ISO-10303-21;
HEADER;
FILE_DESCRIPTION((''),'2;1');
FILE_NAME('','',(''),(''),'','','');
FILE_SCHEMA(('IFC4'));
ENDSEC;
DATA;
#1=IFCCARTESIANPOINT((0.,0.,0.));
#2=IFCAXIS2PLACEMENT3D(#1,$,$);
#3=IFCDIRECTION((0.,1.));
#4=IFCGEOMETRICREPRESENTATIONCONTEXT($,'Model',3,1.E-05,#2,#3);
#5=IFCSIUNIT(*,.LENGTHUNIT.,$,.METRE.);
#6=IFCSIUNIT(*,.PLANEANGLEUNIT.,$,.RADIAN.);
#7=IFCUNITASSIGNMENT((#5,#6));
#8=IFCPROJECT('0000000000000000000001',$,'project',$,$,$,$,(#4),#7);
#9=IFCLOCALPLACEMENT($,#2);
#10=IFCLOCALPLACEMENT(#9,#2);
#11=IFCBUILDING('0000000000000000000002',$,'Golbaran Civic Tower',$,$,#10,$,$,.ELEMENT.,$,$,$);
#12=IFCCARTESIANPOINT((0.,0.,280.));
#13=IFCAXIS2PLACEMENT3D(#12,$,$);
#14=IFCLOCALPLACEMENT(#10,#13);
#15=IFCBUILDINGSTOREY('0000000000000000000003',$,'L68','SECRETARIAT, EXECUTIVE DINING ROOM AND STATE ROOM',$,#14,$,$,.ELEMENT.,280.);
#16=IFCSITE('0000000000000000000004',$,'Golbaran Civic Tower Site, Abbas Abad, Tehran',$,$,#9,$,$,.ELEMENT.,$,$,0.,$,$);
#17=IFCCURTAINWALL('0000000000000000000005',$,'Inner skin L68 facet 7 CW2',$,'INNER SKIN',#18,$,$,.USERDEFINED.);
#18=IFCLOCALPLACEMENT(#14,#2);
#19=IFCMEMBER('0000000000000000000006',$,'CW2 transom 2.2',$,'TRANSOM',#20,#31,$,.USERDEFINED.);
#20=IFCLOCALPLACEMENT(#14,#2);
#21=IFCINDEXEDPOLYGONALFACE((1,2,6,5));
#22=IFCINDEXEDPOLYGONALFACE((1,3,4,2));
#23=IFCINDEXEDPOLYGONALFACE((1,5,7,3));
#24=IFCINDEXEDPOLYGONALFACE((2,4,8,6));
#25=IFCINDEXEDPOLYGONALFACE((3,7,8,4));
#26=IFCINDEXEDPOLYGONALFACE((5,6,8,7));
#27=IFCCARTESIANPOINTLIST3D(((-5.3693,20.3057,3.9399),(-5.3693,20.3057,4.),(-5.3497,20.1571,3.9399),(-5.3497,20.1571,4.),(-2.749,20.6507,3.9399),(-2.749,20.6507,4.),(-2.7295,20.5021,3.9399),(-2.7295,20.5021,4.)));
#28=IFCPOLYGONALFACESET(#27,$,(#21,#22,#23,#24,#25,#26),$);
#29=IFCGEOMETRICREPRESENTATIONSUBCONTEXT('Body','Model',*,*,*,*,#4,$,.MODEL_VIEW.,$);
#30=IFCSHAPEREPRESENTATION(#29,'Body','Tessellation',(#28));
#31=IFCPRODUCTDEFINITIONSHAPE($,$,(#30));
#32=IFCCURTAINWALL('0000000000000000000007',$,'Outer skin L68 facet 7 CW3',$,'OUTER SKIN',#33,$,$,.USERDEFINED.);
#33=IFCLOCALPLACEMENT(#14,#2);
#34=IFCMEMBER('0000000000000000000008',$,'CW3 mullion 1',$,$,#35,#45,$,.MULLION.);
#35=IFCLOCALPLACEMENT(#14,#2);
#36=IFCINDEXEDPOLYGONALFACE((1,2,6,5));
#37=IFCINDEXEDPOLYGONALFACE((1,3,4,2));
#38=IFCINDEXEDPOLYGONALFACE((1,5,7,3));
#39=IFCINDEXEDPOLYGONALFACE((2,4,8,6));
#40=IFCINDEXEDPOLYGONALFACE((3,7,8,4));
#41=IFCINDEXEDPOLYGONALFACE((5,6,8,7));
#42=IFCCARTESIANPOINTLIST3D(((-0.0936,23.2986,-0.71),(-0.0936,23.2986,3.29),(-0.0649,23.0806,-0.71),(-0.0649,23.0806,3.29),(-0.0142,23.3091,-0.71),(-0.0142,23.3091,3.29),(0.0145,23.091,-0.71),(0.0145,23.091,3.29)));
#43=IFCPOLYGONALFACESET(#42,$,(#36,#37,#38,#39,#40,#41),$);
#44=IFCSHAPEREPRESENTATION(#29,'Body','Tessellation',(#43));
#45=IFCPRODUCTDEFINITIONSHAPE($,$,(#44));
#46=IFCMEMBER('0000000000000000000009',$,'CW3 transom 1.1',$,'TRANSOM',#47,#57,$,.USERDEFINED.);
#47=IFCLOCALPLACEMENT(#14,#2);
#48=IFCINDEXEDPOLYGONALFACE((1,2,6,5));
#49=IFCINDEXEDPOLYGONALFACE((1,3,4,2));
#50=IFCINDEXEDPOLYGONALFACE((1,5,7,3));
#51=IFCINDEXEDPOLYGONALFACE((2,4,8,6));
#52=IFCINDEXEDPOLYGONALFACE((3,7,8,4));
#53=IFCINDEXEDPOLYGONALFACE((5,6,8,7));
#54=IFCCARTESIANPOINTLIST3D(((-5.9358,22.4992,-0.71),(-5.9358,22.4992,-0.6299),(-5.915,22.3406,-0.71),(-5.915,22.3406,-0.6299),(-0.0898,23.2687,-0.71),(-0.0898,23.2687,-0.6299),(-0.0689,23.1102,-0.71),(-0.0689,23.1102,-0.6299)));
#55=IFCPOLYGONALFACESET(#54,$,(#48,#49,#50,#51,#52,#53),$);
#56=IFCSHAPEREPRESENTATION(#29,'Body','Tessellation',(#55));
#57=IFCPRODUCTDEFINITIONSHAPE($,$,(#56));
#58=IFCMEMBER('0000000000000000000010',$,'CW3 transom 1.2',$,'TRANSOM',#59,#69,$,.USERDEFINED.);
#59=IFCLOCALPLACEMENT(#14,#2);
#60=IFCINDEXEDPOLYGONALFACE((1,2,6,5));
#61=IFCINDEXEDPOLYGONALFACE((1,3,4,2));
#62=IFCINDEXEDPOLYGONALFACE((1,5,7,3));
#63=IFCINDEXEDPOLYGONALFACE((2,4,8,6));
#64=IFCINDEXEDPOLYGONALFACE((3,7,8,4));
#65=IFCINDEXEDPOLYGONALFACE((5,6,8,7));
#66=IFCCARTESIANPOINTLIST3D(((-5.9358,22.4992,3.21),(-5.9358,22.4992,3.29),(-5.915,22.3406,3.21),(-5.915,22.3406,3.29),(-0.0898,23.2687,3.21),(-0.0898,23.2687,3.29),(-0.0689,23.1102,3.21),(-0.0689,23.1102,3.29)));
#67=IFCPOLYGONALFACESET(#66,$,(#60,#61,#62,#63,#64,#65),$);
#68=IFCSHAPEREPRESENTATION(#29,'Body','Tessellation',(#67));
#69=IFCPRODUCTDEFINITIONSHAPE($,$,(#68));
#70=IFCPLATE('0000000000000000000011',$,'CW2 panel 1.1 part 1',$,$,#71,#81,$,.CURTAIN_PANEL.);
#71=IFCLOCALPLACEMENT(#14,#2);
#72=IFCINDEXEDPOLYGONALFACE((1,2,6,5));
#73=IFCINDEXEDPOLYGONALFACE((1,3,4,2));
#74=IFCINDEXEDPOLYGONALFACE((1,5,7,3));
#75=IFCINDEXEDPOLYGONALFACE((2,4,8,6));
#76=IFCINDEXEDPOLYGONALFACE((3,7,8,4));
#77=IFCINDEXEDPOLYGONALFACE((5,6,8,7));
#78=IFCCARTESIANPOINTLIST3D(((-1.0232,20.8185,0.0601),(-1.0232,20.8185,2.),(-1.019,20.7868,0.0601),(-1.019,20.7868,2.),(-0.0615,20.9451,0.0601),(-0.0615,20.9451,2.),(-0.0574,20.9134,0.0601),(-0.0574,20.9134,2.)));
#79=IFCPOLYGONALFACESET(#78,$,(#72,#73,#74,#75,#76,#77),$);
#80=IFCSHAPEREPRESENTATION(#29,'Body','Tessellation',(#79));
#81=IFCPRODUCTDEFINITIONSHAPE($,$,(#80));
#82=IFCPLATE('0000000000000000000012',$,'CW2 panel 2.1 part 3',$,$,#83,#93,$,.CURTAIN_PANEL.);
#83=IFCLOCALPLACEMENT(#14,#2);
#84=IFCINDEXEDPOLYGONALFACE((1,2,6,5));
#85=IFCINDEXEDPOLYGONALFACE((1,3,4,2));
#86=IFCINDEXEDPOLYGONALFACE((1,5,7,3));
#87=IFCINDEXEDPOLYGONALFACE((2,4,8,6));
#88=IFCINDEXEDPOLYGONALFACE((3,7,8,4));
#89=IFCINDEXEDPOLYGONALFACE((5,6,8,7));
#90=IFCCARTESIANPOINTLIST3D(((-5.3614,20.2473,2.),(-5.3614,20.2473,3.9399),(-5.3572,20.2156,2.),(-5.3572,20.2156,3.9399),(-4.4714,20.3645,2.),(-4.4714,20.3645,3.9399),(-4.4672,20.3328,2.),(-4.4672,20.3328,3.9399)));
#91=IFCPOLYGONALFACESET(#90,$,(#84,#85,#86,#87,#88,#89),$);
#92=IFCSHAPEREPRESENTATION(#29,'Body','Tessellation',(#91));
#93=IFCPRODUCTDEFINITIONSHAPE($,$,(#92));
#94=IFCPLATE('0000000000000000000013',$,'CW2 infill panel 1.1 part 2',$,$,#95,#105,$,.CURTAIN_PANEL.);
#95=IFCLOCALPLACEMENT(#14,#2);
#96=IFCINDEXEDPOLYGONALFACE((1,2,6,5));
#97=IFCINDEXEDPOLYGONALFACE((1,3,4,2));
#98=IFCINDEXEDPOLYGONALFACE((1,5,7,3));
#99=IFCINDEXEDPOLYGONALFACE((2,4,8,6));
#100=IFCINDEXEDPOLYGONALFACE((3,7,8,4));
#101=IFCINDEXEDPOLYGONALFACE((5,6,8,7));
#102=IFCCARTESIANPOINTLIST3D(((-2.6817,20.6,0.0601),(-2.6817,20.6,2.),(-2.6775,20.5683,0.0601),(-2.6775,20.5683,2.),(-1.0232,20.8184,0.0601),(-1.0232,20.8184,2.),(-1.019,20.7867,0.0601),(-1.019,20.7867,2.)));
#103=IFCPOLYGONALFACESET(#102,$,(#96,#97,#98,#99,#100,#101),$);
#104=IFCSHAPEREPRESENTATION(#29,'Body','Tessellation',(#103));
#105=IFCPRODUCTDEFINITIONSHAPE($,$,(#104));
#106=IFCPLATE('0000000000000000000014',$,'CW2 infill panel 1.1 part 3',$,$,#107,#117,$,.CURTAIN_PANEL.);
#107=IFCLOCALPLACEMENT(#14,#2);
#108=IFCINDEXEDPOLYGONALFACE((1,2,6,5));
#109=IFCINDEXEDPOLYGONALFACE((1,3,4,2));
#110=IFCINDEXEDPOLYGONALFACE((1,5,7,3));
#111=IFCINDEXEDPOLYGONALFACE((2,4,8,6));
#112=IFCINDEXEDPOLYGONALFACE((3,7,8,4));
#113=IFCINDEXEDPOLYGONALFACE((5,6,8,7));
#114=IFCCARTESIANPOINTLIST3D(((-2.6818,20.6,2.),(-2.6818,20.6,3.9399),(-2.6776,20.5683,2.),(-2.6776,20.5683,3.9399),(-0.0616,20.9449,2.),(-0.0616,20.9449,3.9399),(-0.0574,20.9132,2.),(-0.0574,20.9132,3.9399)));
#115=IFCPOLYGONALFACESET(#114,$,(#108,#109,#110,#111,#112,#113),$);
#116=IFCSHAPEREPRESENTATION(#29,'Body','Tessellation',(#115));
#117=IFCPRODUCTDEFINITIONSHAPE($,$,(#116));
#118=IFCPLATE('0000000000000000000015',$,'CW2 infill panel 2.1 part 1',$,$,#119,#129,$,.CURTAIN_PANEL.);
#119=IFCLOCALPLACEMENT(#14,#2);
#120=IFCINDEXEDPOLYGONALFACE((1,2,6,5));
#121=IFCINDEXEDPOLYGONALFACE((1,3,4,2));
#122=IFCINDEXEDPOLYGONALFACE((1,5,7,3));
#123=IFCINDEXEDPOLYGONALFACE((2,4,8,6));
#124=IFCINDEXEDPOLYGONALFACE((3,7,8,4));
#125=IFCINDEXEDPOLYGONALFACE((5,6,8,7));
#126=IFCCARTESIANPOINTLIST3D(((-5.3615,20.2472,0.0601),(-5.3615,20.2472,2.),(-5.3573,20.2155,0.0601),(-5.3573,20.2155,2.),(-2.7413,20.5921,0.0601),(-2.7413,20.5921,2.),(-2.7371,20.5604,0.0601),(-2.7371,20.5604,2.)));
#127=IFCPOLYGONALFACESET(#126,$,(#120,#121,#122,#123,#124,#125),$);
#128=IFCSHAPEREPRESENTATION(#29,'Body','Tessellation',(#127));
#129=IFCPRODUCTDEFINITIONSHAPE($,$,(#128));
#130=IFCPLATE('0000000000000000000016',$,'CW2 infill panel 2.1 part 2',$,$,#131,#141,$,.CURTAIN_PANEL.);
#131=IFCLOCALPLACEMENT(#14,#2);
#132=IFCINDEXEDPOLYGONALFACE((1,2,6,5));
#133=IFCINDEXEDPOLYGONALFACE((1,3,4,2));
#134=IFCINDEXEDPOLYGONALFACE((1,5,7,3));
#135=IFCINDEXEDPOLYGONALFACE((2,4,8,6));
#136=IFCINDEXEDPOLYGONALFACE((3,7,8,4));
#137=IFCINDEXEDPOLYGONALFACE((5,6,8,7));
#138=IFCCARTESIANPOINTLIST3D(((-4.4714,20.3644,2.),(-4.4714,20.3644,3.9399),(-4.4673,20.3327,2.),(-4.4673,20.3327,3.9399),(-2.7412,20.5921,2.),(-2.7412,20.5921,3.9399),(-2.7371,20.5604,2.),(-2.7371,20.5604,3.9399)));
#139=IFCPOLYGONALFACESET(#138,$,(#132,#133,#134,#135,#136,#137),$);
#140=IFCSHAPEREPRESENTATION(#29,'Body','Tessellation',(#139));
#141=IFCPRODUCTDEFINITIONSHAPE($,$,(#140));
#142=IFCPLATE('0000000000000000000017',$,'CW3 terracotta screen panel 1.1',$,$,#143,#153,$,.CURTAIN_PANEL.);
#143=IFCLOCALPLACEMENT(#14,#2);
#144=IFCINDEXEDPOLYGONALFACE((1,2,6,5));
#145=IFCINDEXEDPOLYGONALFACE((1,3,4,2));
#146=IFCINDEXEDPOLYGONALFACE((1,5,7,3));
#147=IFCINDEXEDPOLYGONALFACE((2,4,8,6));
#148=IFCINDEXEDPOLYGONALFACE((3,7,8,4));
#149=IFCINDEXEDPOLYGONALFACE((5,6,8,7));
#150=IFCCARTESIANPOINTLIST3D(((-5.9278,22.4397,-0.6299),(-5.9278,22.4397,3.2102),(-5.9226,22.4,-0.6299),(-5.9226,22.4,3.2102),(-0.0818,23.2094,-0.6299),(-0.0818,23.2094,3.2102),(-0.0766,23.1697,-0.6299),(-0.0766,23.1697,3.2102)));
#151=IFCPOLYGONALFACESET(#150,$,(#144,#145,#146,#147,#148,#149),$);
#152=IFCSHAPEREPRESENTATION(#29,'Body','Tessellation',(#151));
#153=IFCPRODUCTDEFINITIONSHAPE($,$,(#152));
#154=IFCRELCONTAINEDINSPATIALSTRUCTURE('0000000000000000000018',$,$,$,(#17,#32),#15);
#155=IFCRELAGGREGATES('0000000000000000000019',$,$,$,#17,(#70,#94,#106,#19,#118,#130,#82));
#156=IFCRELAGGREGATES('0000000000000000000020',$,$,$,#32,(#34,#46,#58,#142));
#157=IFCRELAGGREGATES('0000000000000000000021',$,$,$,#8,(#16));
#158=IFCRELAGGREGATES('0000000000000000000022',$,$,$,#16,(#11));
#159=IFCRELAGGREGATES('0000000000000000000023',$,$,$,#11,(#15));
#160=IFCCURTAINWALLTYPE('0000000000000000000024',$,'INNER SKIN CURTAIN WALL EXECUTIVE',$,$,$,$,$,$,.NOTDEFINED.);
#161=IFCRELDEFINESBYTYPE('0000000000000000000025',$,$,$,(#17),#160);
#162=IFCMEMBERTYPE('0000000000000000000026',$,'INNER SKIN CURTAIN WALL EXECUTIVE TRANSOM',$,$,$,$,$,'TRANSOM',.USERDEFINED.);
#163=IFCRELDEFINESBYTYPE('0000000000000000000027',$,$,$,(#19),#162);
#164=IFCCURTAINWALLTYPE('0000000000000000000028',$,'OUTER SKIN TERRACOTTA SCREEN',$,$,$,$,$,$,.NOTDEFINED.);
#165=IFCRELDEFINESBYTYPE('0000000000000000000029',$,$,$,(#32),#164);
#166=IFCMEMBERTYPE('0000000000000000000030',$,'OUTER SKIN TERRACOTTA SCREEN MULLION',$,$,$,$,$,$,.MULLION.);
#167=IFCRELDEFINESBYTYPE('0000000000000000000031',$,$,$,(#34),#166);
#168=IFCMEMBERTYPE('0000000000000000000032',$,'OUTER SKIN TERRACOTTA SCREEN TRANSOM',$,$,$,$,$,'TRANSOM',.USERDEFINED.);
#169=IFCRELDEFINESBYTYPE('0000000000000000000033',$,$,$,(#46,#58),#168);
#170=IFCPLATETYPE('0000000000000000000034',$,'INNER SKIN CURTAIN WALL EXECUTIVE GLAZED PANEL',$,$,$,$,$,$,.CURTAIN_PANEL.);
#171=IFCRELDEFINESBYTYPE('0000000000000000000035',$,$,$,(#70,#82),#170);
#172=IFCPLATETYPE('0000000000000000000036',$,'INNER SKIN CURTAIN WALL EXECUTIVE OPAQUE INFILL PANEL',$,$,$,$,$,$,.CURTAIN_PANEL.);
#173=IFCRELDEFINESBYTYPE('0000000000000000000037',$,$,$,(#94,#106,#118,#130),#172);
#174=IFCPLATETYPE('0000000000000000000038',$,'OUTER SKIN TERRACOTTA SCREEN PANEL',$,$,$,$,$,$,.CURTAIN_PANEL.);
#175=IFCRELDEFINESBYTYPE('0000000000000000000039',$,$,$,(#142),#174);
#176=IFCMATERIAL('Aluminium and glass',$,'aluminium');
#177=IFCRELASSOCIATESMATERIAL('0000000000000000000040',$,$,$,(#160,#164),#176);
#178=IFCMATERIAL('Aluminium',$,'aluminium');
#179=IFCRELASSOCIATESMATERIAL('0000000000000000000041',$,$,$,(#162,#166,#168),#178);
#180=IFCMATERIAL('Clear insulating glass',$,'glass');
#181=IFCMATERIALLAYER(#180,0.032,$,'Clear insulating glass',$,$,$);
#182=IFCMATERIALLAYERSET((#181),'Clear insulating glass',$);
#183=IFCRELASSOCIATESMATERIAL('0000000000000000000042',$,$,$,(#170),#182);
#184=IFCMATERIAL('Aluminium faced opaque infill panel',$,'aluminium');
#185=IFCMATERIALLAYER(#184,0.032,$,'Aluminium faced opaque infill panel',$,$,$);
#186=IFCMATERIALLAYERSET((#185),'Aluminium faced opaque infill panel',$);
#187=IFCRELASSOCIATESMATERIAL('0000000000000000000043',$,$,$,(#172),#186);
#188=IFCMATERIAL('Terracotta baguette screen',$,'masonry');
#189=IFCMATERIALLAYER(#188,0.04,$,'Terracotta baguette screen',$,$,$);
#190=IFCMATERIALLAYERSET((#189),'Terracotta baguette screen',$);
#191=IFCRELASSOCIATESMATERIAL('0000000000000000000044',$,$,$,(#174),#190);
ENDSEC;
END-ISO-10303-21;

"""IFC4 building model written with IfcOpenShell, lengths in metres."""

from ifc_helpers import new_model, si_unit, direction, frame, origin, origin_2d, place, context, subcontext, project, spatial, rectangle, extrude, material, layer, layer_set, material_profile, profile_set, type_object, element, aggregate, save


model = new_model("IFC4")

# Units and contexts
model_context = context("Model", 3, precision=1e-05, world=origin(), true_north=direction((0.0, 1.0)))
body_context = subcontext(model_context, "Body", "Model", "MODEL_VIEW")
ifc_project = project(units=[si_unit("LENGTHUNIT", "METRE"), si_unit("PLANEANGLEUNIT", "RADIAN")], contexts=[model_context])

# Site, building, storey
site_placement = place(None, origin())
site = spatial("IfcSite", under=ifc_project, at=site_placement, Name="Golbaran Civic Tower Site, Abbas Abad, Tehran", CompositionType="ELEMENT", RefElevation=0.0)
building_placement = place(site_placement, origin())
building = spatial("IfcBuilding", under=site, at=building_placement, Name="Golbaran Civic Tower", CompositionType="ELEMENT")
storey_placement = place(building_placement, frame((0.0, 0.0, 280.0)))
storey = spatial("IfcBuildingStorey", under=building, at=storey_placement, Name="L68", Description="SECRETARIAT, EXECUTIVE DINING ROOM AND STATE ROOM", CompositionType="ELEMENT", Elevation=280.0)

# Curtain walls, members
ifc_material_1 = material(Name="Aluminium and glass", Category="aluminium")
curtain_wall_type_1 = type_object("IfcCurtainWallType", Name="INNER SKIN CURTAIN WALL EXECUTIVE", PredefinedType="NOTDEFINED", material=ifc_material_1)
curtain_wall_1_placement = place(storey_placement, origin())
curtain_wall_1 = element("IfcCurtainWall", 1, at=curtain_wall_1_placement, inside=storey, type_object=curtain_wall_type_1, Name="Inner skin L68 facet 7 CW2", ObjectType="INNER SKIN", PredefinedType="USERDEFINED")
ifc_material_2 = material(Name="Aluminium", Category="aluminium")
ifc_material_profile_1 = material_profile(ifc_material_2, rectangle(XDim=0.1499, YDim=0.0601, at=origin_2d()), Name="INNER SKIN CURTAIN WALL EXECUTIVE TRANSOM")
ifc_profile_set_1 = profile_set([ifc_material_profile_1], Name="Aluminium")
member_type_1 = type_object("IfcMemberType", Name="INNER SKIN CURTAIN WALL EXECUTIVE TRANSOM", ElementType="TRANSOM", PredefinedType="USERDEFINED", material=ifc_profile_set_1)
member_1_placement = place(storey_placement, frame((-2.7393, 20.5764, 3.97), z_axis=(-0.991444, -0.130536, 0.0), x_axis=(0.130536, -0.991444, 0.0)))
member_1 = element("IfcMember", 2, at=member_1_placement, type_object=member_type_1, Name="CW2 transom 2.2", ObjectType="TRANSOM", PredefinedType="USERDEFINED", context=body_context, shape_type="SweptSolid", body=[
    extrude(rectangle(XDim=0.1499, YDim=0.0601, at=origin_2d()), origin(), (0.0, 0.0, 1.0), 2.6428),
])
curtain_wall_type_2 = type_object("IfcCurtainWallType", Name="OUTER SKIN TERRACOTTA SCREEN", PredefinedType="NOTDEFINED", material=ifc_material_1)
curtain_wall_2_placement = place(storey_placement, origin())
curtain_wall_2 = element("IfcCurtainWall", 3, at=curtain_wall_2_placement, inside=storey, type_object=curtain_wall_type_2, Name="Outer skin L68 facet 7 CW3", ObjectType="OUTER SKIN", PredefinedType="USERDEFINED")
ifc_material_profile_2 = material_profile(ifc_material_2, rectangle(XDim=0.22, YDim=0.0801, at=origin_2d()), Name="OUTER SKIN TERRACOTTA SCREEN MULLION")
ifc_profile_set_2 = profile_set([ifc_material_profile_2], Name="Aluminium")
member_type_2 = type_object("IfcMemberType", Name="OUTER SKIN TERRACOTTA SCREEN MULLION", PredefinedType="MULLION", material=ifc_profile_set_2)
member_2_placement = place(storey_placement, frame((-0.0396, 23.1948, -0.71), z_axis=(0.0, 0.0, 1.0), x_axis=(0.130526, -0.991445, 0.0)))
member_2 = element("IfcMember", 4, at=member_2_placement, type_object=member_type_2, Name="CW3 mullion 1", PredefinedType="MULLION", context=body_context, shape_type="SweptSolid", body=[
    extrude(rectangle(XDim=0.22, YDim=0.0801, at=origin_2d()), origin(), (0.0, 0.0, 1.0), 4.0),
])
ifc_material_profile_3 = material_profile(ifc_material_2, rectangle(XDim=0.1599, YDim=0.0801, at=origin_2d()), Name="OUTER SKIN TERRACOTTA SCREEN TRANSOM")
ifc_profile_set_3 = profile_set([ifc_material_profile_3], Name="Aluminium")
member_type_3 = type_object("IfcMemberType", Name="OUTER SKIN TERRACOTTA SCREEN TRANSOM", ElementType="TRANSOM", PredefinedType="USERDEFINED", material=ifc_profile_set_3)
member_3_placement = place(storey_placement, frame((-0.0793, 23.1895, -0.6699), z_axis=(-0.991447, -0.130509, 0.0), x_axis=(0.130509, -0.991447, 0.0)))
member_3 = element("IfcMember", 5, at=member_3_placement, type_object=member_type_3, Name="CW3 transom 1.1", ObjectType="TRANSOM", PredefinedType="USERDEFINED", context=body_context, shape_type="SweptSolid", body=[
    extrude(rectangle(XDim=0.1599, YDim=0.0801, at=origin_2d()), origin(), (0.0, 0.0, 1.0), 5.8965),
])
member_4_placement = place(storey_placement, frame((-0.0793, 23.1895, 3.25), z_axis=(-0.991447, -0.130509, 0.0), x_axis=(0.130509, -0.991447, 0.0)))
member_4 = element("IfcMember", 6, at=member_4_placement, type_object=member_type_3, Name="CW3 transom 1.2", ObjectType="TRANSOM", PredefinedType="USERDEFINED", context=body_context, shape_type="SweptSolid", body=[
    extrude(rectangle(XDim=0.1599, YDim=0.0801, at=origin_2d()), origin(), (0.0, 0.0, 1.0), 5.8965),
])

# Plates
ifc_material_3 = material(Name="Clear insulating glass", Category="glass")
ifc_layer_1 = layer(ifc_material_3, 0.032, Name="Clear insulating glass")
ifc_layer_set_1 = layer_set([ifc_layer_1], Name="Clear insulating glass")
plate_type_1 = type_object("IfcPlateType", Name="INNER SKIN CURTAIN WALL EXECUTIVE GLAZED PANEL", PredefinedType="CURTAIN_PANEL", material=ifc_layer_set_1)
plate_1_placement = place(storey_placement, frame((-0.5403, 20.866, 0.0601), z_axis=(0.0, 0.0, 1.0), x_axis=(-0.991445, -0.130526, 0.0)))
plate_1 = element("IfcPlate", 7, at=plate_1_placement, type_object=plate_type_1, Name="CW2 panel 1.1 part 1", PredefinedType="CURTAIN_PANEL", context=body_context, shape_type="SweptSolid", body=[
    extrude(rectangle(XDim=0.97, YDim=0.032, at=origin_2d()), origin(), (0.0, 0.0, 1.0), 1.9399),
])
plate_2_placement = place(storey_placement, frame((-4.9143, 20.29, 2.0), z_axis=(0.0, 0.0, 1.0), x_axis=(-0.991445, -0.130526, 0.0)))
plate_2 = element("IfcPlate", 8, at=plate_2_placement, type_object=plate_type_1, Name="CW2 panel 2.1 part 3", PredefinedType="CURTAIN_PANEL", context=body_context, shape_type="SweptSolid", body=[
    extrude(rectangle(XDim=0.8977, YDim=0.032, at=origin_2d()), origin(), (0.0, 0.0, 1.0), 1.9399),
])
ifc_material_4 = material(Name="Aluminium faced opaque infill panel", Category="aluminium")
ifc_layer_2 = layer(ifc_material_4, 0.032, Name="Aluminium faced opaque infill panel")
ifc_layer_set_2 = layer_set([ifc_layer_2], Name="Aluminium faced opaque infill panel")
plate_type_2 = type_object("IfcPlateType", Name="INNER SKIN CURTAIN WALL EXECUTIVE OPAQUE INFILL PANEL", PredefinedType="CURTAIN_PANEL", material=ifc_layer_set_2)
plate_3_placement = place(storey_placement, frame((-1.8503, 20.6934, 0.0601), z_axis=(0.0, 0.0, 1.0), x_axis=(-0.991445, -0.130526, 0.0)))
plate_3 = element("IfcPlate", 9, at=plate_3_placement, type_object=plate_type_2, Name="CW2 infill panel 1.1 part 2", PredefinedType="CURTAIN_PANEL", context=body_context, shape_type="SweptSolid", body=[
    extrude(rectangle(XDim=1.6729, YDim=0.032, at=origin_2d()), origin(), (0.0, 0.0, 1.0), 1.9399),
])
plate_4_placement = place(storey_placement, frame((-1.3696, 20.7566, 2.0), z_axis=(0.0, 0.0, 1.0), x_axis=(-0.991445, -0.130526, 0.0)))
plate_4 = element("IfcPlate", 10, at=plate_4_placement, type_object=plate_type_2, Name="CW2 infill panel 1.1 part 3", PredefinedType="CURTAIN_PANEL", context=body_context, shape_type="SweptSolid", body=[
    extrude(rectangle(XDim=2.6428, YDim=0.032, at=origin_2d()), origin(), (0.0, 0.0, 1.0), 1.9399),
])
plate_5_placement = place(storey_placement, frame((-4.0493, 20.4038, 0.0601), z_axis=(0.0, 0.0, 1.0), x_axis=(-0.991445, -0.130526, 0.0)))
plate_5 = element("IfcPlate", 11, at=plate_5_placement, type_object=plate_type_2, Name="CW2 infill panel 2.1 part 1", PredefinedType="CURTAIN_PANEL", context=body_context, shape_type="SweptSolid", body=[
    extrude(rectangle(XDim=2.6428, YDim=0.032, at=origin_2d()), origin(), (0.0, 0.0, 1.0), 1.9399),
])
plate_6_placement = place(storey_placement, frame((-3.6042, 20.4624, 2.0), z_axis=(0.0, 0.0, 1.0), x_axis=(-0.991445, -0.130526, 0.0)))
plate_6 = element("IfcPlate", 12, at=plate_6_placement, type_object=plate_type_2, Name="CW2 infill panel 2.1 part 2", PredefinedType="CURTAIN_PANEL", context=body_context, shape_type="SweptSolid", body=[
    extrude(rectangle(XDim=1.7451, YDim=0.032, at=origin_2d()), origin(), (0.0, 0.0, 1.0), 1.9399),
])
aggregate(curtain_wall_1, [plate_1, plate_3, plate_4, member_1, plate_5, plate_6, plate_2])
ifc_material_5 = material(Name="Terracotta baguette screen", Category="masonry")
ifc_layer_3 = layer(ifc_material_5, 0.04, Name="Terracotta baguette screen")
ifc_layer_set_3 = layer_set([ifc_layer_3], Name="Terracotta baguette screen")
plate_type_3 = type_object("IfcPlateType", Name="OUTER SKIN TERRACOTTA SCREEN PANEL", PredefinedType="CURTAIN_PANEL", material=ifc_layer_set_3)
plate_7_placement = place(storey_placement, frame((-3.0022, 22.8047, -0.6299), z_axis=(0.0, 0.0, 1.0), x_axis=(-0.991445, -0.130526, 0.0)))
plate_7 = element("IfcPlate", 13, at=plate_7_placement, type_object=plate_type_3, Name="CW3 terracotta screen panel 1.1", PredefinedType="CURTAIN_PANEL", context=body_context, shape_type="SweptSolid", body=[
    extrude(rectangle(XDim=5.8965, YDim=0.04, at=origin_2d()), origin(), (0.0, 0.0, 1.0), 3.8401),
])
aggregate(curtain_wall_2, [member_2, member_3, member_4, plate_7])

save(model, "model.ifc")
